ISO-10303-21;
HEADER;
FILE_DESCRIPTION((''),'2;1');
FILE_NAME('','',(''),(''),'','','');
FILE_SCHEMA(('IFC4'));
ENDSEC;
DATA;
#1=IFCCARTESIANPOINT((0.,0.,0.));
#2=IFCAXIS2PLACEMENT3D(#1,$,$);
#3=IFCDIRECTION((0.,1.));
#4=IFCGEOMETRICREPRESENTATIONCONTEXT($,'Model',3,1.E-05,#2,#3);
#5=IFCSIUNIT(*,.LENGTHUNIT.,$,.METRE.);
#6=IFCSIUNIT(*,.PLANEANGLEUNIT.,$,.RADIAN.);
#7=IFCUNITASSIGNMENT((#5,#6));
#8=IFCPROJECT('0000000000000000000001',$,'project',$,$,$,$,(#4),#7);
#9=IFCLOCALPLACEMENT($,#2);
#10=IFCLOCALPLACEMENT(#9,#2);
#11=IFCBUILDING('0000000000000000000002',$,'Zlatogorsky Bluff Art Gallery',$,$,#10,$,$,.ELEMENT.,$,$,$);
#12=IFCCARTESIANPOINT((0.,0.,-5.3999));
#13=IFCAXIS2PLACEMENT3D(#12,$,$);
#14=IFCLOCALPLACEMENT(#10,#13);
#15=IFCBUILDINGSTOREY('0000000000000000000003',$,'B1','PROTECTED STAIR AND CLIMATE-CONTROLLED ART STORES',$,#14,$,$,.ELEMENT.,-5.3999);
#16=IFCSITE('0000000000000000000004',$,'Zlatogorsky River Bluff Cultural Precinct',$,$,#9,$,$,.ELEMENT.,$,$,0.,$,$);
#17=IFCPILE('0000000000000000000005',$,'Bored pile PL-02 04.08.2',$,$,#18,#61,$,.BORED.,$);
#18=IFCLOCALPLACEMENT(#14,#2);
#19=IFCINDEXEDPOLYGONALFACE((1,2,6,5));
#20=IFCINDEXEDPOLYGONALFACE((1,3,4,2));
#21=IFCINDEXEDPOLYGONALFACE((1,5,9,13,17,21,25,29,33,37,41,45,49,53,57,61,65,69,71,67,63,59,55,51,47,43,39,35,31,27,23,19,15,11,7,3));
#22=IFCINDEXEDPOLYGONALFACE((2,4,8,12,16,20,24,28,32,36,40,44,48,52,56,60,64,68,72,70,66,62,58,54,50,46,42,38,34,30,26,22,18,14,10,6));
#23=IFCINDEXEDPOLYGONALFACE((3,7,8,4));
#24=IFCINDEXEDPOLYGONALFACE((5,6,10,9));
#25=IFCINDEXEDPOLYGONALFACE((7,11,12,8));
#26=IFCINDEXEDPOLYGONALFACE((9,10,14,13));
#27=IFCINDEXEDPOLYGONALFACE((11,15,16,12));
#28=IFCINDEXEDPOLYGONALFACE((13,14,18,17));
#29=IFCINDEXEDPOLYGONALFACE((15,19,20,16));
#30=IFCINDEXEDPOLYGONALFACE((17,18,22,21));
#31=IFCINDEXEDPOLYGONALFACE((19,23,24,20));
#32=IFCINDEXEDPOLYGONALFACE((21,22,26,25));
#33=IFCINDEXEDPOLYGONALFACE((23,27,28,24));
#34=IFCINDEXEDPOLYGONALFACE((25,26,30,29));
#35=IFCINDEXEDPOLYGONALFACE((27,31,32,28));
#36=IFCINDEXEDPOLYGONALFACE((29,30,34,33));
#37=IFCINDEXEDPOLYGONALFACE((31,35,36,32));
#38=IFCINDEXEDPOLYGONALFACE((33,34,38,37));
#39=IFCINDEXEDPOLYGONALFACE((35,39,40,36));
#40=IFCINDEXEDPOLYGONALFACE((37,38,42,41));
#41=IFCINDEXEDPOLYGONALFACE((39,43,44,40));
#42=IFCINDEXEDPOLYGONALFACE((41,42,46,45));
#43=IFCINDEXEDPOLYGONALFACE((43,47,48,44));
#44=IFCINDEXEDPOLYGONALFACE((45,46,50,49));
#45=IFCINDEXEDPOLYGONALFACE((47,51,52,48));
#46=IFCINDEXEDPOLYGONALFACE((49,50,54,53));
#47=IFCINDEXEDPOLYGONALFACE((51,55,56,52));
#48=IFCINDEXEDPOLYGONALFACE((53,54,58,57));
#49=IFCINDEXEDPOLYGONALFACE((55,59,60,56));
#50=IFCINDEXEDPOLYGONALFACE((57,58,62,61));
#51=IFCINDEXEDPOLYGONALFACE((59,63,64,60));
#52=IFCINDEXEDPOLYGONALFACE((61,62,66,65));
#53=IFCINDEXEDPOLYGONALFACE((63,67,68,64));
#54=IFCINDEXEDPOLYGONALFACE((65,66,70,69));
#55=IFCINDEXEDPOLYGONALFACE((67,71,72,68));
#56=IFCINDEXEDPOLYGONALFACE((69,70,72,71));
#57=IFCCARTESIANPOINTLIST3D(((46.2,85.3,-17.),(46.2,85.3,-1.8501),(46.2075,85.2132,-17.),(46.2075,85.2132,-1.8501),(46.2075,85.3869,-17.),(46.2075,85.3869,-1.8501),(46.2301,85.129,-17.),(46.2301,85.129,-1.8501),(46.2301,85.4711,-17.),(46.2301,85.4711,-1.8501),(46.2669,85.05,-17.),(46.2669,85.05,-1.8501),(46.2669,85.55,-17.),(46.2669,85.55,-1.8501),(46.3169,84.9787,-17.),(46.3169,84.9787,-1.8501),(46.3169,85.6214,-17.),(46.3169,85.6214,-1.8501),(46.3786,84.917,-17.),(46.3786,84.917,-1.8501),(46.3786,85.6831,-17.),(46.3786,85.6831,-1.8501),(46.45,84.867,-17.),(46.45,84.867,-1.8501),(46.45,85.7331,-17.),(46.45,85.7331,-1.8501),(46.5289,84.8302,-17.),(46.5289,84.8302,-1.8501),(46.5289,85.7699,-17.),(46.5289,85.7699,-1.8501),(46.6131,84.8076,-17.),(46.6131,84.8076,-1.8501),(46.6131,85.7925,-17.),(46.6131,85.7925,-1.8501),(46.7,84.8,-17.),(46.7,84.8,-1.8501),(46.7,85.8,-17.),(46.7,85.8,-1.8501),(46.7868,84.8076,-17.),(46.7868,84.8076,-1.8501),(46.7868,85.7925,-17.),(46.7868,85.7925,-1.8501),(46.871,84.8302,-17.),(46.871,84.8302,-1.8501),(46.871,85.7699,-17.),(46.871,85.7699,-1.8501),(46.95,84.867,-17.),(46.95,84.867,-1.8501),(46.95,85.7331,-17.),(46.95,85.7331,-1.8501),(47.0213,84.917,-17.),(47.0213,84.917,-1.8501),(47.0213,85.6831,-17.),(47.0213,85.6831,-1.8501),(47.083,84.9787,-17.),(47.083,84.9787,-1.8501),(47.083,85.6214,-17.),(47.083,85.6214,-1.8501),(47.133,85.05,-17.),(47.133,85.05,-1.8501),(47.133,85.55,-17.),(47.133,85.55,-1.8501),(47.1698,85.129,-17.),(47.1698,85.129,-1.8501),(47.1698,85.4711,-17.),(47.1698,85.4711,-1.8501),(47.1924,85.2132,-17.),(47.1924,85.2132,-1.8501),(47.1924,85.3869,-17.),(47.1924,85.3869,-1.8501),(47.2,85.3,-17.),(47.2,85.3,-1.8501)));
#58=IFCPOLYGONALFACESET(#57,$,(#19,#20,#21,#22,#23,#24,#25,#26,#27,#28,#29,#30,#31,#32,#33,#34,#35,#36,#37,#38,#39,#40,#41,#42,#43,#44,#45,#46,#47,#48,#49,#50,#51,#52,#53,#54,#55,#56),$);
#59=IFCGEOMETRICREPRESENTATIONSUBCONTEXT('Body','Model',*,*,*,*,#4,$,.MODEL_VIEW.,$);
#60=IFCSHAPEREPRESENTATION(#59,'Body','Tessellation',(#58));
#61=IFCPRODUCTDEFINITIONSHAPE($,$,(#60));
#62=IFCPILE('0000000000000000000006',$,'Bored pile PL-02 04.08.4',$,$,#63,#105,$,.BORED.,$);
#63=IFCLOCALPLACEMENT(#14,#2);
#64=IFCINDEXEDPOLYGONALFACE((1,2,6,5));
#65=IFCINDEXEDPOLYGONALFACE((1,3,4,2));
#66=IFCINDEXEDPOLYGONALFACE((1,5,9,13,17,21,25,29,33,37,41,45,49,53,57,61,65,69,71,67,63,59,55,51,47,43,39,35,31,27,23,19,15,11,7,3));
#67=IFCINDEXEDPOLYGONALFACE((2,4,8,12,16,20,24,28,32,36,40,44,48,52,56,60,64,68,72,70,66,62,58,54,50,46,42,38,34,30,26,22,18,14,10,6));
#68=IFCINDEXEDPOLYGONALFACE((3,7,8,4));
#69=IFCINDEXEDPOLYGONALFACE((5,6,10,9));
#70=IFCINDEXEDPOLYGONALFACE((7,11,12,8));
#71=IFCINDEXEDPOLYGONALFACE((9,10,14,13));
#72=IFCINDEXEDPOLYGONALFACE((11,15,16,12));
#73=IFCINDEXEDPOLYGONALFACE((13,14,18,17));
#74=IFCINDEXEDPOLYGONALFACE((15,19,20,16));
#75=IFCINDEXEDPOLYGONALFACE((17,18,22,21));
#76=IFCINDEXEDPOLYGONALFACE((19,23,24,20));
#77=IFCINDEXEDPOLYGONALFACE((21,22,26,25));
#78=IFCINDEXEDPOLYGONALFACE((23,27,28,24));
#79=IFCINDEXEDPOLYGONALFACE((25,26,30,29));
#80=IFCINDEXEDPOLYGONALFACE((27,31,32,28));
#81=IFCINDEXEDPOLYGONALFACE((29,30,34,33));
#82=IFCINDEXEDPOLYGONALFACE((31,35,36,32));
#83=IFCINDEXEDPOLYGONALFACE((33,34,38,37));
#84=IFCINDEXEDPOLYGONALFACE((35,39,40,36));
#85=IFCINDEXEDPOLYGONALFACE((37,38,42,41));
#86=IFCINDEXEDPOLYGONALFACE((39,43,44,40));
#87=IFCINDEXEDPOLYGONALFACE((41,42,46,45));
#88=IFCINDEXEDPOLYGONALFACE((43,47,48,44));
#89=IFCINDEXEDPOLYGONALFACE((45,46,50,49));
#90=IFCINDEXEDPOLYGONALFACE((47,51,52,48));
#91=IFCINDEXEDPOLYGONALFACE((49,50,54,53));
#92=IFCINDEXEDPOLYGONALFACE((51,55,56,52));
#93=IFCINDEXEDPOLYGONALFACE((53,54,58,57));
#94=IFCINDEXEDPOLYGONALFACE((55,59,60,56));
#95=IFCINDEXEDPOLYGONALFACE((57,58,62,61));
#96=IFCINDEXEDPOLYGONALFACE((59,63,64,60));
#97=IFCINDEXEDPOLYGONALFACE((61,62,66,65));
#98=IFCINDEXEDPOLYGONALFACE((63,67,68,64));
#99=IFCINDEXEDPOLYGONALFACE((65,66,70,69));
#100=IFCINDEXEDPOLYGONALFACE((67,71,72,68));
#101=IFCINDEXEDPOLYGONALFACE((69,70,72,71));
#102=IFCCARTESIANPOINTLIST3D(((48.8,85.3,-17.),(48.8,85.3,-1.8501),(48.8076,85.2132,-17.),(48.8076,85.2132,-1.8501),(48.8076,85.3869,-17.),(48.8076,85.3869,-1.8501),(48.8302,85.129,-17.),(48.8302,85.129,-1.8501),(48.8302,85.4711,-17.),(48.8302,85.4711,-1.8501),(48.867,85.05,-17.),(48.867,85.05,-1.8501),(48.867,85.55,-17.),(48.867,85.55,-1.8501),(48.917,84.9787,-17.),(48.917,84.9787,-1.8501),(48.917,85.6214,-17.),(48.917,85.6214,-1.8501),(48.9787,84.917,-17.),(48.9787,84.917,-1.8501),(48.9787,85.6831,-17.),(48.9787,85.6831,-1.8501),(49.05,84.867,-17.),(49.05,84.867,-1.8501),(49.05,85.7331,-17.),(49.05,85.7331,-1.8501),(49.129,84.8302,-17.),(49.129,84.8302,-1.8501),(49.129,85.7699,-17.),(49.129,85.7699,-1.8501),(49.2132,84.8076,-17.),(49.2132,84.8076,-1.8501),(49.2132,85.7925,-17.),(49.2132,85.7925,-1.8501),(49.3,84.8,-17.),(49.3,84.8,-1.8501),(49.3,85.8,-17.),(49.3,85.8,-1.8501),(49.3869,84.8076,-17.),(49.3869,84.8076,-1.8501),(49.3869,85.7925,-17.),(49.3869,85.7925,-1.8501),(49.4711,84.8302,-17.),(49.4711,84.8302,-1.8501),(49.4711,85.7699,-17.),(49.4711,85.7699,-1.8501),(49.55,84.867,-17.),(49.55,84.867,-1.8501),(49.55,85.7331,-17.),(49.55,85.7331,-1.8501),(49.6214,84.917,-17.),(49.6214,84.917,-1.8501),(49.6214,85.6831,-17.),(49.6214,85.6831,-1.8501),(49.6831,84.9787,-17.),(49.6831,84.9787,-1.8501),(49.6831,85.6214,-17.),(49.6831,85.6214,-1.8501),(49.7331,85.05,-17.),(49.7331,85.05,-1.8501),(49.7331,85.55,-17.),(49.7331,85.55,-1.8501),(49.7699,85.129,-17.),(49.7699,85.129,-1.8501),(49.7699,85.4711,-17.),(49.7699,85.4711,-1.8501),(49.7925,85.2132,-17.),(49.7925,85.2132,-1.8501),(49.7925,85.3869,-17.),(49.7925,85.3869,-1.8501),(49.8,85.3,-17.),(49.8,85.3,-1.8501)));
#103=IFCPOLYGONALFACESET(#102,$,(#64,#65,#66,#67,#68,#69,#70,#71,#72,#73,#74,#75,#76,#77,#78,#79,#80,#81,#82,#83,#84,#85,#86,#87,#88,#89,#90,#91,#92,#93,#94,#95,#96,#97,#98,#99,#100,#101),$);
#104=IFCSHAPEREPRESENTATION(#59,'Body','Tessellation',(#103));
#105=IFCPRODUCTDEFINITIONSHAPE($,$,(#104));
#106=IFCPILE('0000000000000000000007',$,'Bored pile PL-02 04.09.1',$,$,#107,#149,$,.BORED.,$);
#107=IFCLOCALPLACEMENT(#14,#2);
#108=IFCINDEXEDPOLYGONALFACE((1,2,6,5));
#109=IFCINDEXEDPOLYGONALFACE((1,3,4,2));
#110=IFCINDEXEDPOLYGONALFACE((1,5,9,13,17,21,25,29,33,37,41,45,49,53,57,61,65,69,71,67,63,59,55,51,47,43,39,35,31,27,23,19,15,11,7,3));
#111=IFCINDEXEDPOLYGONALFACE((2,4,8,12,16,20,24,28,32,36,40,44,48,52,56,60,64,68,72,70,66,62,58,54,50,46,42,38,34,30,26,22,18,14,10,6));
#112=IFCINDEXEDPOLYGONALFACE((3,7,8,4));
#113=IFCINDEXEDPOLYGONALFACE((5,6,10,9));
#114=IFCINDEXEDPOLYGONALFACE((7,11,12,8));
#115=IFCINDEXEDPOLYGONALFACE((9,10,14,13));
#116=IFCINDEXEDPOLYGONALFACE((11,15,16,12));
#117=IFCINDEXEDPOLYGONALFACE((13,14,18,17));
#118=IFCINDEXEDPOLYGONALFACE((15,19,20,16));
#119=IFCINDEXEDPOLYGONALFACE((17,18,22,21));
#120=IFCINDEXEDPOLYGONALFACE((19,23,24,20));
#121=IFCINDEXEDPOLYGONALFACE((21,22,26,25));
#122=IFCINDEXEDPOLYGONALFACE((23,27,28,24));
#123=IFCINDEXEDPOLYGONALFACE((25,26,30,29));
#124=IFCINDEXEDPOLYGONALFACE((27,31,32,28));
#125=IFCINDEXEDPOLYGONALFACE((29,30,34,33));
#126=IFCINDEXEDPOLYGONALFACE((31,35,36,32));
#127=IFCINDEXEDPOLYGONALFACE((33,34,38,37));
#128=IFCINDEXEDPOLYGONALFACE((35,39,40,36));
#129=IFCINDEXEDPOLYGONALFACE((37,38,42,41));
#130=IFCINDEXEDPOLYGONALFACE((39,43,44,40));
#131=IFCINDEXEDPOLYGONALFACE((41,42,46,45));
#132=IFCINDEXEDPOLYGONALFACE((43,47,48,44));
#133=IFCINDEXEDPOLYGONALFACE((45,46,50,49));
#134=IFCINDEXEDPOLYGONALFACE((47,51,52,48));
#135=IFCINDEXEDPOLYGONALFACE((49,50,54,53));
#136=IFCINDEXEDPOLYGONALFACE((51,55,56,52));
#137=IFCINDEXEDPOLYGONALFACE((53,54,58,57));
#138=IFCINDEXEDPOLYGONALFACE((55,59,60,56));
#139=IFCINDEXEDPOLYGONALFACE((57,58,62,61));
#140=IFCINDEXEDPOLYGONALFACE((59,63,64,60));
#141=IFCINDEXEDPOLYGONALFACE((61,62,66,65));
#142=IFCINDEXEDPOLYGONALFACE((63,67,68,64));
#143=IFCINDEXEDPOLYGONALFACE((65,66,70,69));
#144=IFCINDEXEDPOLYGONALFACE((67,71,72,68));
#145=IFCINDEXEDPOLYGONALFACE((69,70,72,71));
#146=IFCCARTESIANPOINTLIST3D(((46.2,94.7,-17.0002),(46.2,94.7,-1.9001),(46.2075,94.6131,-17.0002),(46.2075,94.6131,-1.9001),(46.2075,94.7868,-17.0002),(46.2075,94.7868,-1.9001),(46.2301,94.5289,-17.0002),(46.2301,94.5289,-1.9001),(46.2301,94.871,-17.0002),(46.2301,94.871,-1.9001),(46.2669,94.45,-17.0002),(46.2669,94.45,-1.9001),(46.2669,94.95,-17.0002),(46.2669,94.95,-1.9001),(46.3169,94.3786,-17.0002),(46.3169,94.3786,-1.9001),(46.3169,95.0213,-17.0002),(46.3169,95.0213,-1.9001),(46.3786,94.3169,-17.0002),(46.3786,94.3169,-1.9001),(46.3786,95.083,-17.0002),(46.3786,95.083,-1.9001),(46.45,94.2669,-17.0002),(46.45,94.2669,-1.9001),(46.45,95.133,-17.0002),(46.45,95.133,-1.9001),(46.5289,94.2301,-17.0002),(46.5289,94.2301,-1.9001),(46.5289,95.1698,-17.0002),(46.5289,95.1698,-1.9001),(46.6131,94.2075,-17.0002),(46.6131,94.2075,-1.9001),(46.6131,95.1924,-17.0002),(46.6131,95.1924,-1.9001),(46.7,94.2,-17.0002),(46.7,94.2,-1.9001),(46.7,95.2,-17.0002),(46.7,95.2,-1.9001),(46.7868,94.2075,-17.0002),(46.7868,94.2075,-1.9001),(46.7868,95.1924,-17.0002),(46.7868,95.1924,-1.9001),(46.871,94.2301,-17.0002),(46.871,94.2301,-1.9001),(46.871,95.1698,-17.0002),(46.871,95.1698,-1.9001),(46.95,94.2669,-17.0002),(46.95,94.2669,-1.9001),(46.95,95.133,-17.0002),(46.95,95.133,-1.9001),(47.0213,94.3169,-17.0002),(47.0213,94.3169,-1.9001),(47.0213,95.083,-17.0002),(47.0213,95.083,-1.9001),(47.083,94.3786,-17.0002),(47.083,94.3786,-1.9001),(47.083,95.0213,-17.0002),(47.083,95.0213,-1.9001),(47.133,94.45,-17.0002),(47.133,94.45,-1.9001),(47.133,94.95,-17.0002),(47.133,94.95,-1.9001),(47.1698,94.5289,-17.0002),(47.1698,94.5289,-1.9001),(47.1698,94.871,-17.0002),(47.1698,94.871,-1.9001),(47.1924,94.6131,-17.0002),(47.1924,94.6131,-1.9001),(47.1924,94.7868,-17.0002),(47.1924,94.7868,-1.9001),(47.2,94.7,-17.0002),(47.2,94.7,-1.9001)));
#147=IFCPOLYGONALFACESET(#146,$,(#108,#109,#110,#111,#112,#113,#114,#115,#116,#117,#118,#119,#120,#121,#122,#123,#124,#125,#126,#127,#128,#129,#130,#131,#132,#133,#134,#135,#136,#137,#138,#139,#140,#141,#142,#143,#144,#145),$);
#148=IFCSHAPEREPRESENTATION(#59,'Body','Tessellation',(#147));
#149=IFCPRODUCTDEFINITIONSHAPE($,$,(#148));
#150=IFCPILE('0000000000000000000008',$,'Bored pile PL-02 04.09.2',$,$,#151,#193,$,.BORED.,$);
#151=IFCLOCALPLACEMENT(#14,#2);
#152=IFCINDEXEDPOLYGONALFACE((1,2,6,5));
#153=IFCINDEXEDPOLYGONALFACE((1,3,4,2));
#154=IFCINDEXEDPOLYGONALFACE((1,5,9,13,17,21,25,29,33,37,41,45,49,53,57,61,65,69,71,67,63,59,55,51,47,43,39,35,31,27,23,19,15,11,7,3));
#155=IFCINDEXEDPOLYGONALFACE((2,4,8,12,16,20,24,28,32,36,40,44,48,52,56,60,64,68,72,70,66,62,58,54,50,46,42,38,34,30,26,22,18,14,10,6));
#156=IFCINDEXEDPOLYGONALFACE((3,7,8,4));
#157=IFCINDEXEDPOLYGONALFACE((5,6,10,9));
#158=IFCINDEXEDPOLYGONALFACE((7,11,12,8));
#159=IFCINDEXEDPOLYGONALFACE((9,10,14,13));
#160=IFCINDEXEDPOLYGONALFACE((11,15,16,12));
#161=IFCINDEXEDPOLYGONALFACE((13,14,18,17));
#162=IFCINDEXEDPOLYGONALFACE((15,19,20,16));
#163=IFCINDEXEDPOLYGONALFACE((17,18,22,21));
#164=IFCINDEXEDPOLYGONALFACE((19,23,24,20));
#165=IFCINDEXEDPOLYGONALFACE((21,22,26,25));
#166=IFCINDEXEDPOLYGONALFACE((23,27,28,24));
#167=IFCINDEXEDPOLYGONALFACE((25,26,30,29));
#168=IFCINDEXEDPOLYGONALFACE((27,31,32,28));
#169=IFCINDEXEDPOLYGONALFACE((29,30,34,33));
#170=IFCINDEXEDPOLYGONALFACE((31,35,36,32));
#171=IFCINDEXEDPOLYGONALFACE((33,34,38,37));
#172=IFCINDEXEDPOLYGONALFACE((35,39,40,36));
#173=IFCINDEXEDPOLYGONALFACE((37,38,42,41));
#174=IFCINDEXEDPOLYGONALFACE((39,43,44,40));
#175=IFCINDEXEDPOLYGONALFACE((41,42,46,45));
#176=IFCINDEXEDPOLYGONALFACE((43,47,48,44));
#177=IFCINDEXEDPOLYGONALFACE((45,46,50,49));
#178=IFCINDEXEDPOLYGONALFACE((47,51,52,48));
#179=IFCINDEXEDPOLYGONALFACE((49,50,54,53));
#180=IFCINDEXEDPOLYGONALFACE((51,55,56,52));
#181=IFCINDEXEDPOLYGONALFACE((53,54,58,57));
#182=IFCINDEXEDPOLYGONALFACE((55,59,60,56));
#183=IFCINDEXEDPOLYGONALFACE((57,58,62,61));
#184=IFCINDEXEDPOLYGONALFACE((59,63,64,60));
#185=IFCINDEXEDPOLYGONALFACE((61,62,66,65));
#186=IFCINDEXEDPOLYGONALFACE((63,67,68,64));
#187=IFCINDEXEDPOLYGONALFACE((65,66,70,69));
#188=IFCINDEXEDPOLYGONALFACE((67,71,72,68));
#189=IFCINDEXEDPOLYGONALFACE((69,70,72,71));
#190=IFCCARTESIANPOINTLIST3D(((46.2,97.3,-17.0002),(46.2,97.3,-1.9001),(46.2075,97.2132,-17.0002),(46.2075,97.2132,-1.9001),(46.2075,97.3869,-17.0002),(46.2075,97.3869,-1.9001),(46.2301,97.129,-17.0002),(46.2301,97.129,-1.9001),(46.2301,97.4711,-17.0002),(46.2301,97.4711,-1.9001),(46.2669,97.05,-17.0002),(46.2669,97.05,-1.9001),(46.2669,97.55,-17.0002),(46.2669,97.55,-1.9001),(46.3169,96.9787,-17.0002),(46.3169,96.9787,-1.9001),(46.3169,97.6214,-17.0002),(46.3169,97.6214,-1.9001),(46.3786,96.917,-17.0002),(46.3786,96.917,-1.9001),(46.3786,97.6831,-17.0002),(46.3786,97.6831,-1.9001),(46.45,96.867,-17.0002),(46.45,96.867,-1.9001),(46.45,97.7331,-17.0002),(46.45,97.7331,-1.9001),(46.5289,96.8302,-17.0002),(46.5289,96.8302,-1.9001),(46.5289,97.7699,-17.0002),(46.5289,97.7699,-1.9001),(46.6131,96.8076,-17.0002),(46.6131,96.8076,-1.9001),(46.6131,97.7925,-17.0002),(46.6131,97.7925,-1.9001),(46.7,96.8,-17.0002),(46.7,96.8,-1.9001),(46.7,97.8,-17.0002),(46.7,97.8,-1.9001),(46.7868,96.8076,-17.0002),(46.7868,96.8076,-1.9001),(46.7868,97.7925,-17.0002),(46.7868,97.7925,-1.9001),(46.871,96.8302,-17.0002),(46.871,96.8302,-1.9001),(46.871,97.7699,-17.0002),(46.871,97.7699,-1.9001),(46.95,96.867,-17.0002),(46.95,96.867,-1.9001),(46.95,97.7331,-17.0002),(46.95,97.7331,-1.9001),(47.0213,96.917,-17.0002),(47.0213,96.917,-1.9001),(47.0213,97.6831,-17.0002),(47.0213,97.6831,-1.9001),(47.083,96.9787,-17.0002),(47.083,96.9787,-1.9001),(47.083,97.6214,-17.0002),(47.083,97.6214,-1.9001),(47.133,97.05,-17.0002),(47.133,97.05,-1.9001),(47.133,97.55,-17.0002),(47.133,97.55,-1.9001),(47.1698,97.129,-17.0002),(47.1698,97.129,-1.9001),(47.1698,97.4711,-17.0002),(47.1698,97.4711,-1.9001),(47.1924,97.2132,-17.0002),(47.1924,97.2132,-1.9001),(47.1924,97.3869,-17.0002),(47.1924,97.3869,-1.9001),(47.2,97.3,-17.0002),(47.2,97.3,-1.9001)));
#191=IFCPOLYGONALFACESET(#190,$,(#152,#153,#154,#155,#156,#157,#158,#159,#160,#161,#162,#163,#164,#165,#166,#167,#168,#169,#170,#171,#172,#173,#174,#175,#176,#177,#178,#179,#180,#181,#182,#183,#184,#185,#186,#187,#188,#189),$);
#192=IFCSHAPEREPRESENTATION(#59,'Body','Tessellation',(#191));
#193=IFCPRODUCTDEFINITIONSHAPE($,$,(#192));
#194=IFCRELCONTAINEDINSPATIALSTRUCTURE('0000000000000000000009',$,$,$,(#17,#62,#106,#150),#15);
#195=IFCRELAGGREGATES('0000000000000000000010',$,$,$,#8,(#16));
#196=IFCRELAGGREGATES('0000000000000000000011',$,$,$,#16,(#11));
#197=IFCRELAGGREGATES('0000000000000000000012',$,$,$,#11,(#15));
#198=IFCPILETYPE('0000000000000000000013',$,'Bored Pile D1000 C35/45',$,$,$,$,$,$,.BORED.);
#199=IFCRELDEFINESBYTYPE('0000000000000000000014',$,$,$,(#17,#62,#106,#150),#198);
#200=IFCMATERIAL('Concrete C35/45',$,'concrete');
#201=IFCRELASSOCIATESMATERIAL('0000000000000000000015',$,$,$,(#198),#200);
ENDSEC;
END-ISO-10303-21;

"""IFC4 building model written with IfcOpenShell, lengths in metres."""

from ifc_helpers import new_model, si_unit, direction, frame, origin, origin_2d, place, context, subcontext, project, spatial, circle, extrude, material, material_profile, profile_set, type_object, element, save


model = new_model("IFC4")

# Units and contexts
model_context = context("Model", 3, precision=1e-05, world=origin(), true_north=direction((0.0, 1.0)))
body_context = subcontext(model_context, "Body", "Model", "MODEL_VIEW")
ifc_project = project(units=[si_unit("LENGTHUNIT", "METRE"), si_unit("PLANEANGLEUNIT", "RADIAN")], contexts=[model_context])

# Site, building, storey
site_placement = place(None, origin())
site = spatial("IfcSite", under=ifc_project, at=site_placement, Name="Zlatogorsky River Bluff Cultural Precinct", CompositionType="ELEMENT", RefElevation=0.0)
building_placement = place(site_placement, origin())
building = spatial("IfcBuilding", under=site, at=building_placement, Name="Zlatogorsky Bluff Art Gallery", CompositionType="ELEMENT")
storey_placement = place(building_placement, frame((0.0, 0.0, -5.3999)))
storey = spatial("IfcBuildingStorey", under=building, at=storey_placement, Name="B1", Description="PROTECTED STAIR AND CLIMATE-CONTROLLED ART STORES", CompositionType="ELEMENT", Elevation=-5.3999)

# Piles
ifc_material_1 = material(Name="Concrete C35/45", Category="concrete")
ifc_material_profile_1 = material_profile(ifc_material_1, circle(Radius=0.5, at=origin_2d()), Name="BORED PILE D1000")
ifc_profile_set_1 = profile_set([ifc_material_profile_1], Name="Concrete C35/45")
pile_type = type_object("IfcPileType", Name="Bored Pile D1000 C35/45", PredefinedType="BORED", material=ifc_profile_set_1)
for number, where, z_axis, x_axis, name in (
    (1, (46.7, 85.3, -1.8501), (0.0, 0.0, -1.0), (1.0, 0.0, 0.0), "Bored pile PL-02 04.08.2"),
    (2, (49.3, 85.3, -1.8501), (0.0, 0.0, -1.0), (1.0, 0.0, 0.0), "Bored pile PL-02 04.08.4"),
):
    element("IfcPile", number, at=place(storey_placement, frame(where, z_axis=z_axis, x_axis=x_axis)), inside=storey, type_object=pile_type, Name=name, PredefinedType="BORED", context=body_context, shape_type="SweptSolid", body=[
        extrude(circle(Radius=0.5, at=origin_2d()), origin(), (0.0, 0.0, 1.0), 15.1499),
    ])
for number, where, z_axis, x_axis, name in (
    (3, (46.7, 94.7, -1.9001), (0.0, 0.0, -1.0), (1.0, 0.0, 0.0), "Bored pile PL-02 04.09.1"),
    (4, (46.7, 97.3, -1.9001), (0.0, 0.0, -1.0), (1.0, 0.0, 0.0), "Bored pile PL-02 04.09.2"),
):
    element("IfcPile", number, at=place(storey_placement, frame(where, z_axis=z_axis, x_axis=x_axis)), inside=storey, type_object=pile_type, Name=name, PredefinedType="BORED", context=body_context, shape_type="SweptSolid", body=[
        extrude(circle(Radius=0.5, at=origin_2d()), origin(), (0.0, 0.0, 1.0), 15.1001),
    ])

save(model, "model.ifc")
